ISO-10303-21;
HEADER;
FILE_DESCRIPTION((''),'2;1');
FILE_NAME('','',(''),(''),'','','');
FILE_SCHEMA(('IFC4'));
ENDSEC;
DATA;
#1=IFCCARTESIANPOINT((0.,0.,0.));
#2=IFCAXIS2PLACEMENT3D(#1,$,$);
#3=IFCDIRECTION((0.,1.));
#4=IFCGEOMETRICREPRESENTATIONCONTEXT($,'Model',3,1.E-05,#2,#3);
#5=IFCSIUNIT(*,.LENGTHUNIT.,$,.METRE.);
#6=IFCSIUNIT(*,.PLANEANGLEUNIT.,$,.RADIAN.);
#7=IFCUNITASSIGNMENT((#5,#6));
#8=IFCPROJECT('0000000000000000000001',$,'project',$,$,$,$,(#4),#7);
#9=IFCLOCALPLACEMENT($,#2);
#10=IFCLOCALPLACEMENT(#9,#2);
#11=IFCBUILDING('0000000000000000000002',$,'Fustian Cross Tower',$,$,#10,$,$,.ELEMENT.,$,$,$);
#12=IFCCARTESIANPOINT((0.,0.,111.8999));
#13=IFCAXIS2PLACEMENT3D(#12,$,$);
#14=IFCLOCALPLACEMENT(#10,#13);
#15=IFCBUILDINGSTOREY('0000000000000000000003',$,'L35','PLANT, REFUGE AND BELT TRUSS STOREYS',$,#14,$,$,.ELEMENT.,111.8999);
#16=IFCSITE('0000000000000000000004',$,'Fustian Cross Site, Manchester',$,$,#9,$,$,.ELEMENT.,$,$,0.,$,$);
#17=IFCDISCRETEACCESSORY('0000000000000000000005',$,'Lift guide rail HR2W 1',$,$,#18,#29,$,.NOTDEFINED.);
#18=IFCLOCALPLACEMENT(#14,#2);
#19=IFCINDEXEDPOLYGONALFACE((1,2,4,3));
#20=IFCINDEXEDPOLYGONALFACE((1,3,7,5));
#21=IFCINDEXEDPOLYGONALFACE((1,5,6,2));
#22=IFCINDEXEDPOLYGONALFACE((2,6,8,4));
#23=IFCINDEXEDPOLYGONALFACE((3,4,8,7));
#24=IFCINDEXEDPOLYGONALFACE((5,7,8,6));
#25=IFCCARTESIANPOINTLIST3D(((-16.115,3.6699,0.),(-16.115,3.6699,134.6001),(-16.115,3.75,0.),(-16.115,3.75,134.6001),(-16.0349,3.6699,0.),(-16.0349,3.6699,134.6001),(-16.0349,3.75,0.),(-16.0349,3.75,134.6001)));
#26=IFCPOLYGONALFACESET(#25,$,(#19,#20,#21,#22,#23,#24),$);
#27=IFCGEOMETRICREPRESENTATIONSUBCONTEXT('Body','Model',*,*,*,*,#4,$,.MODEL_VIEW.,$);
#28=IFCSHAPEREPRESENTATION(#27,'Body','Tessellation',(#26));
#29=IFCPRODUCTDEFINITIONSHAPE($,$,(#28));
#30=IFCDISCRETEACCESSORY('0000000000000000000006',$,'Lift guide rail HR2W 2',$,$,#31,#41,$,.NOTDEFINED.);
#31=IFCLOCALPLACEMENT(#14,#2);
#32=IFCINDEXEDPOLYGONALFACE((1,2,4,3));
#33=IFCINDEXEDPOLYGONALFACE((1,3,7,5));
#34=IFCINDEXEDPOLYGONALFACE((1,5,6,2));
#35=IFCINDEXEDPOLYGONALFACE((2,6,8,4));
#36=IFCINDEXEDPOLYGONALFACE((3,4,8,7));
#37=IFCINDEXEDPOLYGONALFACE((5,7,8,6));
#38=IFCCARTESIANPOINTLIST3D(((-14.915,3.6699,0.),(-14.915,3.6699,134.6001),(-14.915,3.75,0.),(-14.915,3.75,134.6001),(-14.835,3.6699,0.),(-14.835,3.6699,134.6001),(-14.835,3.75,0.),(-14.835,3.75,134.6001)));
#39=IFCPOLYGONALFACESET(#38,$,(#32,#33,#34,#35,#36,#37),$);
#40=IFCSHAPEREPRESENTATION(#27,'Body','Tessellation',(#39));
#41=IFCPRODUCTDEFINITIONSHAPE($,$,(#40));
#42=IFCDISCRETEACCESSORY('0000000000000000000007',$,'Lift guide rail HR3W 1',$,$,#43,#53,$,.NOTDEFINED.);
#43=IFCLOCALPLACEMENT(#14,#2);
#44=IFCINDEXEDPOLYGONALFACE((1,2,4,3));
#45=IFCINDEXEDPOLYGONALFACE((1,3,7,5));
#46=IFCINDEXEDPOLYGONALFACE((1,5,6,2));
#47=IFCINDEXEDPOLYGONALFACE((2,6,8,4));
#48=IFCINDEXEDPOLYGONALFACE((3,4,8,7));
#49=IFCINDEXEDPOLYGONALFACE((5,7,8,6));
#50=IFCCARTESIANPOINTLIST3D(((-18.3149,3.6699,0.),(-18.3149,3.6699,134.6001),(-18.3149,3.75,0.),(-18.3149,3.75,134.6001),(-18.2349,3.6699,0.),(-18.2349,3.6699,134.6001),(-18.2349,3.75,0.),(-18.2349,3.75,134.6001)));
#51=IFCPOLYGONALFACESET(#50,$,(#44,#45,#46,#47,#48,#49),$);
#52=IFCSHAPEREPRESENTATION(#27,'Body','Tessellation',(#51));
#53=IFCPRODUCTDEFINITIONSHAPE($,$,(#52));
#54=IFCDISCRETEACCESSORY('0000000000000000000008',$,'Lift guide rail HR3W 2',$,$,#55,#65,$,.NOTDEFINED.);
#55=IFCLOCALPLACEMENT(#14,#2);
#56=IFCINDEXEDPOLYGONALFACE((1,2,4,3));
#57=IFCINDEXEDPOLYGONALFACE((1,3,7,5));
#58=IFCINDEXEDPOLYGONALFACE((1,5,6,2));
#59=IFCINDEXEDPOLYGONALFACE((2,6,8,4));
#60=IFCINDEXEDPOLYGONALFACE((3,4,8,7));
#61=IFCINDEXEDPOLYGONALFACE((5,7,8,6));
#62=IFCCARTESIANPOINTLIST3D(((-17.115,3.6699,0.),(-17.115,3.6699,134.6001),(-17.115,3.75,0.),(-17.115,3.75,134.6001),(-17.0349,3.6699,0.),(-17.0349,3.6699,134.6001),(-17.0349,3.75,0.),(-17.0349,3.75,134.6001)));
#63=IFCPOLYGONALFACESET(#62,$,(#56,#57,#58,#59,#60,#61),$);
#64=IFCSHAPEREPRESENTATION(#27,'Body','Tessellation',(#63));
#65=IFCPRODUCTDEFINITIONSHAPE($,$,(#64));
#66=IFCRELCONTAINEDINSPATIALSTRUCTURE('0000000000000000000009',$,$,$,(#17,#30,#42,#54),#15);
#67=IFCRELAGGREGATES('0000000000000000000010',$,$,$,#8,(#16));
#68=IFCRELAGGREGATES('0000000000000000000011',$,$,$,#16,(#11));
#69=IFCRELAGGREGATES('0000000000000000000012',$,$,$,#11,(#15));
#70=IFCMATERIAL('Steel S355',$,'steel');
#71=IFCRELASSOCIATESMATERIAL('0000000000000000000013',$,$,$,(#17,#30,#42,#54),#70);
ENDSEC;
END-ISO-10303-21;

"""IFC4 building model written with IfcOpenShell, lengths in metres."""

from ifc_helpers import new_model, si_unit, direction, frame, origin, origin_2d, place, context, subcontext, project, spatial, rectangle, extrude, material, element, save


model = new_model("IFC4")

# Units and contexts
model_context = context("Model", 3, precision=1e-05, world=origin(), true_north=direction((0.0, 1.0)))
body_context = subcontext(model_context, "Body", "Model", "MODEL_VIEW")
ifc_project = project(units=[si_unit("LENGTHUNIT", "METRE"), si_unit("PLANEANGLEUNIT", "RADIAN")], contexts=[model_context])

# Site, building, storey
site_placement = place(None, origin())
site = spatial("IfcSite", under=ifc_project, at=site_placement, Name="Fustian Cross Site, Manchester", CompositionType="ELEMENT", RefElevation=0.0)
building_placement = place(site_placement, origin())
building = spatial("IfcBuilding", under=site, at=building_placement, Name="Fustian Cross Tower", CompositionType="ELEMENT")
storey_placement = place(building_placement, frame((0.0, 0.0, 111.8999)))
storey = spatial("IfcBuildingStorey", under=building, at=storey_placement, Name="L35", Description="PLANT, REFUGE AND BELT TRUSS STOREYS", CompositionType="ELEMENT", Elevation=111.8999)

# Discrete accessories
ifc_material_1 = material(Name="Steel S355", Category="steel")
for number, where, z_axis, x_axis, name in (
    (1, (-16.075, 3.71, 0.0), (0.0, 0.0, 1.0), (1.0, 0.0, 0.0), "Lift guide rail HR2W 1"),
    (2, (-14.875, 3.71, 0.0), (0.0, 0.0, 1.0), (1.0, 0.0, 0.0), "Lift guide rail HR2W 2"),
    (3, (-18.2749, 3.71, 0.0), (0.0, 0.0, 1.0), (1.0, 0.0, 0.0), "Lift guide rail HR3W 1"),
    (4, (-17.075, 3.71, 0.0), (0.0, 0.0, 1.0), (1.0, 0.0, 0.0), "Lift guide rail HR3W 2"),
):
    element("IfcDiscreteAccessory", number, at=place(storey_placement, frame(where, z_axis=z_axis, x_axis=x_axis)), inside=storey, material=ifc_material_1, Name=name, PredefinedType="NOTDEFINED", context=body_context, shape_type="SweptSolid", body=[
        extrude(rectangle(XDim=0.0801, YDim=0.0801, at=origin_2d()), origin(), (0.0, 0.0, 1.0), 134.6001),
    ])

save(model, "model.ifc")
